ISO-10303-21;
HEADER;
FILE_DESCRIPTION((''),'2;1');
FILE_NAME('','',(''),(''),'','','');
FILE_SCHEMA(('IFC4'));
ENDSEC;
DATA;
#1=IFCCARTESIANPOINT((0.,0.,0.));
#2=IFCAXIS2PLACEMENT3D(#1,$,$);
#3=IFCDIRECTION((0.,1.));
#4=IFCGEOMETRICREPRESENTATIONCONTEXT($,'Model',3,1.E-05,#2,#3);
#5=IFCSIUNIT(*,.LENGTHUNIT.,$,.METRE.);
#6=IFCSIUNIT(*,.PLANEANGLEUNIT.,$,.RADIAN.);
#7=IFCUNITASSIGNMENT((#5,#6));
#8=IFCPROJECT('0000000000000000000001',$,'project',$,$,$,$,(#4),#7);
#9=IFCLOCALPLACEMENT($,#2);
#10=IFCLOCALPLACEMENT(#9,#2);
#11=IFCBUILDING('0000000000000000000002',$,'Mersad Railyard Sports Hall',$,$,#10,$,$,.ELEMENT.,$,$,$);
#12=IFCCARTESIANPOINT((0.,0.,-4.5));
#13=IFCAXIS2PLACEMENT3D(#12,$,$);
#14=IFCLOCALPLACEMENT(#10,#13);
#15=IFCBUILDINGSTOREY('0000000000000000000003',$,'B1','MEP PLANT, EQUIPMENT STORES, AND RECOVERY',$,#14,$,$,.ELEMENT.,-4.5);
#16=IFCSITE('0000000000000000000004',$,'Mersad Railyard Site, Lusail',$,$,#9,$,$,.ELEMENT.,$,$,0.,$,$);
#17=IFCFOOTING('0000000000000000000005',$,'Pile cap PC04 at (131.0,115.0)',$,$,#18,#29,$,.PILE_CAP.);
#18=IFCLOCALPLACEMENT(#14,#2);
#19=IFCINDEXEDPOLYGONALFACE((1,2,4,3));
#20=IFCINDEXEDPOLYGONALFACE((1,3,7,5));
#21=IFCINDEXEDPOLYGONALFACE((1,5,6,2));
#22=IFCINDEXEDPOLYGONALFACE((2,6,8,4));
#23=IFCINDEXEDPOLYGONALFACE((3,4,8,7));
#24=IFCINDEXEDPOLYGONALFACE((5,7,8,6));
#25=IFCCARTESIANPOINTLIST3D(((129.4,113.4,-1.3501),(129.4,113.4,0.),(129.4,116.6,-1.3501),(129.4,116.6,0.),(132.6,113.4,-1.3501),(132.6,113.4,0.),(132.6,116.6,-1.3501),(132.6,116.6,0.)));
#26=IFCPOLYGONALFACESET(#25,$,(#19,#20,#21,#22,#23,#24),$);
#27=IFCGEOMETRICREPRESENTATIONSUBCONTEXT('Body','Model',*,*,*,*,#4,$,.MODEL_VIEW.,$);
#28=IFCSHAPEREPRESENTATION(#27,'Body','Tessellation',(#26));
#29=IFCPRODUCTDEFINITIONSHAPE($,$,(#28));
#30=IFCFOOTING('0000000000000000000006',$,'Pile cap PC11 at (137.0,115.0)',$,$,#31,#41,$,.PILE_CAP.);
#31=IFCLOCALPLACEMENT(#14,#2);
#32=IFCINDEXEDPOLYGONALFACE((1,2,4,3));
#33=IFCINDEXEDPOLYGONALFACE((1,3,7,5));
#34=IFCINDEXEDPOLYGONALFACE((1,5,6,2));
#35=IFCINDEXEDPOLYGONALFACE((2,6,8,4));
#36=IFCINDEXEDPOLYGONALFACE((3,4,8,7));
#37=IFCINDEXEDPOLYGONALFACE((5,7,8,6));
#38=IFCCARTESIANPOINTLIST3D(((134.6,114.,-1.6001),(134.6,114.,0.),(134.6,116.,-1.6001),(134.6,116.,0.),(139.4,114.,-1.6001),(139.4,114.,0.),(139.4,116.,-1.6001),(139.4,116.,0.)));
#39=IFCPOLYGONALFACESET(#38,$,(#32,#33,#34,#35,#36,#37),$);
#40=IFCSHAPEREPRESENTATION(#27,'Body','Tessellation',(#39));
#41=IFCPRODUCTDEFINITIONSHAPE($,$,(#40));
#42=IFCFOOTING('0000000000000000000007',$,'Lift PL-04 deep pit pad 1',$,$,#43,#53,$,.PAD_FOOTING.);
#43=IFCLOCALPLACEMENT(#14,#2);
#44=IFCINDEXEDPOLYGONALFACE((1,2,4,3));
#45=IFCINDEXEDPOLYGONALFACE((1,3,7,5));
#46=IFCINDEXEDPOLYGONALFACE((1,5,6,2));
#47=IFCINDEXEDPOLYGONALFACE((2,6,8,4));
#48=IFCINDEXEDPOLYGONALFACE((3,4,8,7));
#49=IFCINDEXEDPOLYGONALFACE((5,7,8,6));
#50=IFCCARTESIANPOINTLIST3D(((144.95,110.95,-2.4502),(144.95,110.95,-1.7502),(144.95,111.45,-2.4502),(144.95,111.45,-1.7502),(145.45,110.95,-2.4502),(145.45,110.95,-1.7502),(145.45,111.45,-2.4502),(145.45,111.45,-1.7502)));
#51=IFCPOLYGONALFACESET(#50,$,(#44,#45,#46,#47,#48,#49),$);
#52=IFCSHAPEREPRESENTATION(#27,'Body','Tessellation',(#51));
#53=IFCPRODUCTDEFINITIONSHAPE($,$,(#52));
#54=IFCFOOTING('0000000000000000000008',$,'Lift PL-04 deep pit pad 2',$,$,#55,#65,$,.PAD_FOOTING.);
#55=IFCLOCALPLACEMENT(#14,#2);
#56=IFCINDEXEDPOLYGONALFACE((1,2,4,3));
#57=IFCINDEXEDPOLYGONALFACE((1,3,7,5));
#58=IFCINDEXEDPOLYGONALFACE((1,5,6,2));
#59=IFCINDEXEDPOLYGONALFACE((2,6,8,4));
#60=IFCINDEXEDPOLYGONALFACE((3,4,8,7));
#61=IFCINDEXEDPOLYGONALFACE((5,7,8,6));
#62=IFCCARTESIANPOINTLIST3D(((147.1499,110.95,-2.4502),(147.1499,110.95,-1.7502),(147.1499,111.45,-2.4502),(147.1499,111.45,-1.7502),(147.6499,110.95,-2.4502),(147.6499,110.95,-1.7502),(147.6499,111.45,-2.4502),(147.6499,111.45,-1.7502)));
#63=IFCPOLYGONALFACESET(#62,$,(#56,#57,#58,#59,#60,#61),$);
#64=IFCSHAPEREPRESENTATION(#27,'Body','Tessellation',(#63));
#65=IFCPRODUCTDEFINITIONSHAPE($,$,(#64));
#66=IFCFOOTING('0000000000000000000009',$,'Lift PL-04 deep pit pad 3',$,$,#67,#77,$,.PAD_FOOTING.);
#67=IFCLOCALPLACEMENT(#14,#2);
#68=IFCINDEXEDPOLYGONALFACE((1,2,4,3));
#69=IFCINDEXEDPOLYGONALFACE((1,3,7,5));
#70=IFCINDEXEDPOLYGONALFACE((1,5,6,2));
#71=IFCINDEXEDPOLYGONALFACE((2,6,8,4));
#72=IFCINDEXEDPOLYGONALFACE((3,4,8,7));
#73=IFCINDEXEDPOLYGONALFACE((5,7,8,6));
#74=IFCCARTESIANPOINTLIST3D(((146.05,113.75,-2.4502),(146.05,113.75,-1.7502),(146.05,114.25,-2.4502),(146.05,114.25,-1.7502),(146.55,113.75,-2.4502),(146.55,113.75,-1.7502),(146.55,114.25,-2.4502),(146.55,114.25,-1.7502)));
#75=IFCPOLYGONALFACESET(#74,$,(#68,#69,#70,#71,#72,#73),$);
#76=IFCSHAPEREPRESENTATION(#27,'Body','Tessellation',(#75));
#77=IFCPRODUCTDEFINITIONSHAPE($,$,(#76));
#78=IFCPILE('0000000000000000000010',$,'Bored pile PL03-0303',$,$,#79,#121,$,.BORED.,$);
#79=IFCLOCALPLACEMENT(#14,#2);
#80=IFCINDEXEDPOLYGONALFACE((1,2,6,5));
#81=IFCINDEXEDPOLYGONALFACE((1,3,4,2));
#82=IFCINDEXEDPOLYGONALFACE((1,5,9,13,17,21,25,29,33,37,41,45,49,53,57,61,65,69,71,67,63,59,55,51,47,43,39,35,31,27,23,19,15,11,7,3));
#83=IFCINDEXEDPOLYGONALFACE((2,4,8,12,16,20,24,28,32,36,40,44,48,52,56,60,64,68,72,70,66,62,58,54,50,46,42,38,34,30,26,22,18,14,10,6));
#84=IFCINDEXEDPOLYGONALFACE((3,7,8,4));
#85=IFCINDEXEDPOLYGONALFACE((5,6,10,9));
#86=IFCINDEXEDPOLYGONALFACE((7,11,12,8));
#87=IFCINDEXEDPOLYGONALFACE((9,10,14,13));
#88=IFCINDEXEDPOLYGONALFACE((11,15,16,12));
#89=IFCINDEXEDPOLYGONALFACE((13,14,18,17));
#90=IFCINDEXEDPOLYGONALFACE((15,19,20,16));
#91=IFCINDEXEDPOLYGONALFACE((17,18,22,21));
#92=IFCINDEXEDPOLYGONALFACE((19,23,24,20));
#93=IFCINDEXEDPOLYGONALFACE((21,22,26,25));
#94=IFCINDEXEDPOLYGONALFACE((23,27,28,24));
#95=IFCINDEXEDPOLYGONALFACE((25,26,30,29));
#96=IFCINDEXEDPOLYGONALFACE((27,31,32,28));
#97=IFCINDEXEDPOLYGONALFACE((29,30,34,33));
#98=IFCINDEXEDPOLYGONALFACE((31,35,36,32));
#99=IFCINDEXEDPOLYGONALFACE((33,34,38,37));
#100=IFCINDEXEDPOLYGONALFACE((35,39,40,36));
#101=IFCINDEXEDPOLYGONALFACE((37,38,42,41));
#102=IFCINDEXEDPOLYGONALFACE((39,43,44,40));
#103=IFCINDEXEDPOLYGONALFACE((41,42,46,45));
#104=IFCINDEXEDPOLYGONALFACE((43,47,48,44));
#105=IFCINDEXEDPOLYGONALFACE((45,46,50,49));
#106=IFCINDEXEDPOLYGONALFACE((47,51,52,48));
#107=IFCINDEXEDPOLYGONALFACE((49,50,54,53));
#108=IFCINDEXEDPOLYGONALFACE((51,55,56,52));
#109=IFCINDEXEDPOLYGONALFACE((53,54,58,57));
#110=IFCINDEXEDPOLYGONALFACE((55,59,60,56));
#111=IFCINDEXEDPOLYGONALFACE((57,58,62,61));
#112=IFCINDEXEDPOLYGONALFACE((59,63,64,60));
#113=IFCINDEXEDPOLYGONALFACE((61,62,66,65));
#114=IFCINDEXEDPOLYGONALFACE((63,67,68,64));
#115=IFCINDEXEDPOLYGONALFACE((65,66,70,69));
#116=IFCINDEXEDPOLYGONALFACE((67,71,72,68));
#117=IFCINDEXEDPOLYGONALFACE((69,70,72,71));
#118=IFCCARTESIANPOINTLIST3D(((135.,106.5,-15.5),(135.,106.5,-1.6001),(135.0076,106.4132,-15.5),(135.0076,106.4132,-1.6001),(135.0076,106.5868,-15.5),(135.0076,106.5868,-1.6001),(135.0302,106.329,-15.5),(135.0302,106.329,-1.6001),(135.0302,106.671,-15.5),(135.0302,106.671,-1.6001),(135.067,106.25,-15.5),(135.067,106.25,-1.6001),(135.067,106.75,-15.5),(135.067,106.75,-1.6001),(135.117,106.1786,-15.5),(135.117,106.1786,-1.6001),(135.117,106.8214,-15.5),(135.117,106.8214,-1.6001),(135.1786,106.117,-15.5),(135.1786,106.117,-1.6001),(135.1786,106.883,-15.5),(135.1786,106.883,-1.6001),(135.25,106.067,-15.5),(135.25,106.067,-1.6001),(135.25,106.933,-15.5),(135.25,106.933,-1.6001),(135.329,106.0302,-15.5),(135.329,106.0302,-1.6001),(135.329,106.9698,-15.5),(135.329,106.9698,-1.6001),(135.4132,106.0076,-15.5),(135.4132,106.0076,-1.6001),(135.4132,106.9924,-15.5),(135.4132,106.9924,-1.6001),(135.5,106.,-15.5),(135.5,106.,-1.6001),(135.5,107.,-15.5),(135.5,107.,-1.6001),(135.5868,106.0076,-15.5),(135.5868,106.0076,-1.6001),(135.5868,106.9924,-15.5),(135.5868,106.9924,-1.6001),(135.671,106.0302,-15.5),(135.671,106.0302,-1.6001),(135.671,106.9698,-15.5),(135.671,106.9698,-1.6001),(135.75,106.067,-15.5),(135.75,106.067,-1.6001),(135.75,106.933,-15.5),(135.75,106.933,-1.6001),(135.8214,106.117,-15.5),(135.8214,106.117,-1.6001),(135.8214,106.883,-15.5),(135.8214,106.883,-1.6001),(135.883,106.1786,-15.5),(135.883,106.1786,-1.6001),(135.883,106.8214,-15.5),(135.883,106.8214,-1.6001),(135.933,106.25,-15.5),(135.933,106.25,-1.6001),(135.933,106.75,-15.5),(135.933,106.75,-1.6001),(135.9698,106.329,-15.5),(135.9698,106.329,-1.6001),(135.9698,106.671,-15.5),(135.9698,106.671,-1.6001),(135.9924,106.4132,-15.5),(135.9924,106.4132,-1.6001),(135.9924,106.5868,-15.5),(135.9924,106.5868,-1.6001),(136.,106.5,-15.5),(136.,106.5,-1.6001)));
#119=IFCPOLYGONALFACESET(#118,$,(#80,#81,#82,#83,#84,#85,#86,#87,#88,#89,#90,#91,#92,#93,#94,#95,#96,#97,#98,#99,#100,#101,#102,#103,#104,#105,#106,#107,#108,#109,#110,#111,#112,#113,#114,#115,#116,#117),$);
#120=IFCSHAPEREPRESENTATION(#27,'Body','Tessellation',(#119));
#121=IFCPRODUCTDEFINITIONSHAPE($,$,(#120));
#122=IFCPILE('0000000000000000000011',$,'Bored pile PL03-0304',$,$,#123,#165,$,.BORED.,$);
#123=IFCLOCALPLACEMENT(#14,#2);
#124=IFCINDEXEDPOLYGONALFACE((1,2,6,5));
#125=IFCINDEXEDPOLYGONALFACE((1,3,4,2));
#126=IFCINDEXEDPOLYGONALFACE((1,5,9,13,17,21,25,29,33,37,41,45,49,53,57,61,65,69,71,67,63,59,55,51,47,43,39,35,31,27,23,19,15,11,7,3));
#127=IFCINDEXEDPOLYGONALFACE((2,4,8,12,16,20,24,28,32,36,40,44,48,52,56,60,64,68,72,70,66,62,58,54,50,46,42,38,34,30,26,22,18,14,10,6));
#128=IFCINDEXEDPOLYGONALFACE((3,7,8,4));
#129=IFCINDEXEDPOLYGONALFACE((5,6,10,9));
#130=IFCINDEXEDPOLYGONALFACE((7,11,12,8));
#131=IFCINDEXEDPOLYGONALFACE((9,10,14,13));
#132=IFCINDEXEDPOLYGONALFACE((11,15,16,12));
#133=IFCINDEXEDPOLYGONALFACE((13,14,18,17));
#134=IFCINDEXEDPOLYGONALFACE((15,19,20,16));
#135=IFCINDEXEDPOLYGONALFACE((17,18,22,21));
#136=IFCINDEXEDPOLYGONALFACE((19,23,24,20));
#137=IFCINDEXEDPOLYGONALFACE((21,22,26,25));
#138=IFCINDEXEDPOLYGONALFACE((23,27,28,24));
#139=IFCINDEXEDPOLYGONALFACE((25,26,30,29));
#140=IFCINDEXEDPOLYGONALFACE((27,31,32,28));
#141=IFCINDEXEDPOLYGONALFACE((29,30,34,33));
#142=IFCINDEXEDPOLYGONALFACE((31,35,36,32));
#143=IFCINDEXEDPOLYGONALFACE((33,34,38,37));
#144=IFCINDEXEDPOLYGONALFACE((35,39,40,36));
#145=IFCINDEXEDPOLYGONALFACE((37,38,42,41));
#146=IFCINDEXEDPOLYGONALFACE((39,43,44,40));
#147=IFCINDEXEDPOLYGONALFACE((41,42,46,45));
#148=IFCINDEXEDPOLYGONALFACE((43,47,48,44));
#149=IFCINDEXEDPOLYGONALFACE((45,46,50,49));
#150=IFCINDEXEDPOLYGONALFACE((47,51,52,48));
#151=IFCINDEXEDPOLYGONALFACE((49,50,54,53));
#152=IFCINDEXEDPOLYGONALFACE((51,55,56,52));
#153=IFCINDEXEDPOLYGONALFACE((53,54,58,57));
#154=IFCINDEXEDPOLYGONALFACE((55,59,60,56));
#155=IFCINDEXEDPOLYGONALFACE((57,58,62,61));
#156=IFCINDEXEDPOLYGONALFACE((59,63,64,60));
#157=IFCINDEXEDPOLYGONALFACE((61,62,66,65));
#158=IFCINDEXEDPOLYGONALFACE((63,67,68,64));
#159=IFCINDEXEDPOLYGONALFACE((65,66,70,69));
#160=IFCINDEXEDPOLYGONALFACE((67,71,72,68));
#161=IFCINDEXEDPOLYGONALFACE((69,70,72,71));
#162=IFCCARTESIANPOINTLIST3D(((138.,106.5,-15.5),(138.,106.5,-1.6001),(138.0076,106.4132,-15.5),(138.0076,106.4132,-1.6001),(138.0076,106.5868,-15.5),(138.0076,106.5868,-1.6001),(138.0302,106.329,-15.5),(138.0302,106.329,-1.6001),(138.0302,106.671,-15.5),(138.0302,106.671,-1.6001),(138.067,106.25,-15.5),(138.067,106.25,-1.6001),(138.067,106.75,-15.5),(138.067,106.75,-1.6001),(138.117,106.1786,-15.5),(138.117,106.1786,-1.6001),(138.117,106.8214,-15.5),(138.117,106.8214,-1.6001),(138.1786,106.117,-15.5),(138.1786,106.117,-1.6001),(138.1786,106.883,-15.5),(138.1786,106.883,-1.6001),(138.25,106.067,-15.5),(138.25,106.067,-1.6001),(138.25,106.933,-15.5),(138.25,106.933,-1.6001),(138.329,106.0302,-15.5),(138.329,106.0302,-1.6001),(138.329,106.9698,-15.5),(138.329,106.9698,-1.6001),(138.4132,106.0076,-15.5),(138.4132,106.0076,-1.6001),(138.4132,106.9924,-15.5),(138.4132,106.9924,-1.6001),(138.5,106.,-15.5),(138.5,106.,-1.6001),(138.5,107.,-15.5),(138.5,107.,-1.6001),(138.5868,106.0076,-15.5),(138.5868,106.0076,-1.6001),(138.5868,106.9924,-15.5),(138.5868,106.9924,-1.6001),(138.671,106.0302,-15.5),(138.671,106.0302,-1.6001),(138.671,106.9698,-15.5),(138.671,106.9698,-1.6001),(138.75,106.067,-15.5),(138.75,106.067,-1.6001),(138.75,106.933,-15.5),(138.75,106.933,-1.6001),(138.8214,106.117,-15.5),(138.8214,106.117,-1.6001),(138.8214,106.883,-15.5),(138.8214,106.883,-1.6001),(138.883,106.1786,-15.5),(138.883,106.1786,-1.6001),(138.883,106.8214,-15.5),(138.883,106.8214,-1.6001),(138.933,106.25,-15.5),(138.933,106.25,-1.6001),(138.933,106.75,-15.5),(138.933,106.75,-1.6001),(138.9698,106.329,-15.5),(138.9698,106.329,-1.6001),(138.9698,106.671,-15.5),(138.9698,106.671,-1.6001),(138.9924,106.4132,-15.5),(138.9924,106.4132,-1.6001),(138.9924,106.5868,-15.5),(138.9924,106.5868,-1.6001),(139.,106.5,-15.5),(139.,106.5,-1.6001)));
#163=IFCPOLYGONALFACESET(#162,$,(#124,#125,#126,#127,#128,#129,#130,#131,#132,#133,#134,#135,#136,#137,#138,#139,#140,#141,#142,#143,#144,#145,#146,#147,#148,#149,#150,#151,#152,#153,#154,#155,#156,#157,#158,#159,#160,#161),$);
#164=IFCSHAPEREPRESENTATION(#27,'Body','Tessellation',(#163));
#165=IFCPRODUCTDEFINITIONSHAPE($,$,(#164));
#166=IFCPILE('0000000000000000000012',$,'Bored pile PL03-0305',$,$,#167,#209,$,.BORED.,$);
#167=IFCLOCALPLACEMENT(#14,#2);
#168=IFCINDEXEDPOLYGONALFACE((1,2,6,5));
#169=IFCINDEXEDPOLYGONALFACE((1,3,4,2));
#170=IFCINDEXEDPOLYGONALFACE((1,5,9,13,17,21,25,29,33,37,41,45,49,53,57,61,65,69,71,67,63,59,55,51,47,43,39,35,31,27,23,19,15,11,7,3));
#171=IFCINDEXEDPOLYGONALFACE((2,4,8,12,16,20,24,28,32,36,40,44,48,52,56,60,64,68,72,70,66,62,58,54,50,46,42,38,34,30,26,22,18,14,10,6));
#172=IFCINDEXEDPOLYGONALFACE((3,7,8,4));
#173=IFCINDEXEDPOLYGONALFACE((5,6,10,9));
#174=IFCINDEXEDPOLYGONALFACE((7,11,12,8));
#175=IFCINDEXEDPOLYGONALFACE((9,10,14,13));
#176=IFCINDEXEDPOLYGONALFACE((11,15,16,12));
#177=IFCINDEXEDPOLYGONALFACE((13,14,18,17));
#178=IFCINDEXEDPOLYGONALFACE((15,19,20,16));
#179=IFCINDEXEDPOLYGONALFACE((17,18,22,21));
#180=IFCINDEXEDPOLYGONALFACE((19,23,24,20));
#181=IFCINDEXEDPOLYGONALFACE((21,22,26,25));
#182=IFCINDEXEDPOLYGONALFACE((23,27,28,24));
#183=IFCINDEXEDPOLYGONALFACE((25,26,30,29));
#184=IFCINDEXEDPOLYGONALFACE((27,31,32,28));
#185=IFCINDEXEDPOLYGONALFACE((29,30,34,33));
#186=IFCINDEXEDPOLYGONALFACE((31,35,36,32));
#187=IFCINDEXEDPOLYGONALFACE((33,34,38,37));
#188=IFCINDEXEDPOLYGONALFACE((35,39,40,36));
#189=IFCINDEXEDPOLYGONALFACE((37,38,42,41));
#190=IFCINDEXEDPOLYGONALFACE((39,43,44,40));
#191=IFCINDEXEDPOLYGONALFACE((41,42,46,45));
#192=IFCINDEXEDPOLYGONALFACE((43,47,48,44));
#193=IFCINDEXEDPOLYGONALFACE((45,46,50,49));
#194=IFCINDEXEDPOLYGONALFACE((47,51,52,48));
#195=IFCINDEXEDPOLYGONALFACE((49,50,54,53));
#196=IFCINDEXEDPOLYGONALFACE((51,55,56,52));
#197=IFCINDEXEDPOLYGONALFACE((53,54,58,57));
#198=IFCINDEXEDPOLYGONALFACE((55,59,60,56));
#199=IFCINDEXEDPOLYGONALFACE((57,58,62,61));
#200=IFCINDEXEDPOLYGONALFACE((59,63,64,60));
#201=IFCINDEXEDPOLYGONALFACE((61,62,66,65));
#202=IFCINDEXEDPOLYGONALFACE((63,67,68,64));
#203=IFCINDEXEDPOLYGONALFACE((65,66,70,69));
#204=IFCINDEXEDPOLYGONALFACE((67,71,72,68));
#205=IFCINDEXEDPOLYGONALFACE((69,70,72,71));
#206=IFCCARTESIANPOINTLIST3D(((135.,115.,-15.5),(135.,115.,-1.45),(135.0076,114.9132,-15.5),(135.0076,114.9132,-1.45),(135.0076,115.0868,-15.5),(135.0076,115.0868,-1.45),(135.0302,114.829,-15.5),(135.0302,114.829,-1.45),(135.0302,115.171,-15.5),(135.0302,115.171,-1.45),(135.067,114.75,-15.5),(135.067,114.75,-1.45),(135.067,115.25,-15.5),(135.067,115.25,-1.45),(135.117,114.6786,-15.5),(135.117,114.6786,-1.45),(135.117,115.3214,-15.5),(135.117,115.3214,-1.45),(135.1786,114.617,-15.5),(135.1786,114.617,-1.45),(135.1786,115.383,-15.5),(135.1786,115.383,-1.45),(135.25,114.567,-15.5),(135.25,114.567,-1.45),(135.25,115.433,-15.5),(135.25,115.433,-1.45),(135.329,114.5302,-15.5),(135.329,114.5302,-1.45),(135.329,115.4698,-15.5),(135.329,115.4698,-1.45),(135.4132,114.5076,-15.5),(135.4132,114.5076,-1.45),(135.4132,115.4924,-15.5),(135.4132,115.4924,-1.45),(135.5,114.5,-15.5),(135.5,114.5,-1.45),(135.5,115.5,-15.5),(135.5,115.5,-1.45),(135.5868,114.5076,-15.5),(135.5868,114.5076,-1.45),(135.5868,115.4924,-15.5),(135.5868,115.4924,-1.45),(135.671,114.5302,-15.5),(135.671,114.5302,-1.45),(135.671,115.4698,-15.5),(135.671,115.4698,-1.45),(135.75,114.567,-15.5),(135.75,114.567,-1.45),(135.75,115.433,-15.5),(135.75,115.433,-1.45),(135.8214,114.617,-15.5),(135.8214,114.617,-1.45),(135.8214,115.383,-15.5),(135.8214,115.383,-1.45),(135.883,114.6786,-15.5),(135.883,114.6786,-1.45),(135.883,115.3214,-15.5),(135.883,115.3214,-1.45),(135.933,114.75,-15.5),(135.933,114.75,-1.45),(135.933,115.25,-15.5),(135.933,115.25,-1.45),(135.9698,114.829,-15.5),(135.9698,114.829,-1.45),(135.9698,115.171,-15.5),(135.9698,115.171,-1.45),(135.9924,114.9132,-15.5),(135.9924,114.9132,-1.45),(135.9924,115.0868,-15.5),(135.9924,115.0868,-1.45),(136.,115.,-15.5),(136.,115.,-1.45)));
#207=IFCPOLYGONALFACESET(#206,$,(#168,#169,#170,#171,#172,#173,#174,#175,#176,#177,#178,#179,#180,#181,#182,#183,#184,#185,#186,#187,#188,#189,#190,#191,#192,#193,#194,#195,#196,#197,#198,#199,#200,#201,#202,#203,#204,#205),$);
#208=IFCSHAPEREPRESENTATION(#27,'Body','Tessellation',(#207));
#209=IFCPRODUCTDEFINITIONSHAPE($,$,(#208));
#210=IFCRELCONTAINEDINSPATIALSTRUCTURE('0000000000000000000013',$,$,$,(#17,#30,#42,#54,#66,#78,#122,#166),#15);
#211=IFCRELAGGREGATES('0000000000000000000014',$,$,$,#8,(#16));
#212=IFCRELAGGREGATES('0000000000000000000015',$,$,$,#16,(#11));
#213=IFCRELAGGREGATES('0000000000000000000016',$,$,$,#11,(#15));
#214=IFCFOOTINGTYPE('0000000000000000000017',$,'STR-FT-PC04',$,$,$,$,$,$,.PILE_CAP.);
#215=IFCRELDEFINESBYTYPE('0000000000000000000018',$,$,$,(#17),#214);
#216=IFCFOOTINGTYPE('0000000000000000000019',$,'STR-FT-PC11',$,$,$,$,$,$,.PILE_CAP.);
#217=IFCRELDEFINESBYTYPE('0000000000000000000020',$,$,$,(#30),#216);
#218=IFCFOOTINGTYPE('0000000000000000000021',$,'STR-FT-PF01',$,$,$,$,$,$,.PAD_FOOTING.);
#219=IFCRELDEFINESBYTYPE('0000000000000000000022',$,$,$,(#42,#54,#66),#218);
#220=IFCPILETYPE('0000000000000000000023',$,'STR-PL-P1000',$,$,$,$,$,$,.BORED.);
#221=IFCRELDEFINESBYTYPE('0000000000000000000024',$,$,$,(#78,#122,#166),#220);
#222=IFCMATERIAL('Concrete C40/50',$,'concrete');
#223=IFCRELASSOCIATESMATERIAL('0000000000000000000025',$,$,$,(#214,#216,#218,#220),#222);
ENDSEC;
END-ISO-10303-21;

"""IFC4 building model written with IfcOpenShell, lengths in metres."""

from ifc_helpers import new_model, si_unit, direction, frame, origin, origin_2d, place, context, subcontext, project, spatial, rectangle, circle, extrude, material, material_profile, profile_set, type_object, element, save


model = new_model("IFC4")

# Units and contexts
model_context = context("Model", 3, precision=1e-05, world=origin(), true_north=direction((0.0, 1.0)))
body_context = subcontext(model_context, "Body", "Model", "MODEL_VIEW")
ifc_project = project(units=[si_unit("LENGTHUNIT", "METRE"), si_unit("PLANEANGLEUNIT", "RADIAN")], contexts=[model_context])

# Site, building, storey
site_placement = place(None, origin())
site = spatial("IfcSite", under=ifc_project, at=site_placement, Name="Mersad Railyard Site, Lusail", CompositionType="ELEMENT", RefElevation=0.0)
building_placement = place(site_placement, origin())
building = spatial("IfcBuilding", under=site, at=building_placement, Name="Mersad Railyard Sports Hall", CompositionType="ELEMENT")
storey_placement = place(building_placement, frame((0.0, 0.0, -4.5)))
storey = spatial("IfcBuildingStorey", under=building, at=storey_placement, Name="B1", Description="MEP PLANT, EQUIPMENT STORES, AND RECOVERY", CompositionType="ELEMENT", Elevation=-4.5)

# Footings
ifc_material_1 = material(Name="Concrete C40/50", Category="concrete")
footing_type_1 = type_object("IfcFootingType", Name="STR-FT-PC04", PredefinedType="PILE_CAP", material=ifc_material_1)
footing_1_placement = place(storey_placement, frame((131.0, 115.0, -1.3501), z_axis=(0.0, 0.0, 1.0), x_axis=(1.0, 0.0, 0.0)))
element("IfcFooting", 1, at=footing_1_placement, inside=storey, type_object=footing_type_1, Name="Pile cap PC04 at (131.0,115.0)", PredefinedType="PILE_CAP", context=body_context, shape_type="SweptSolid", body=[
    extrude(rectangle(XDim=3.2, YDim=3.2, at=origin_2d()), origin(), (0.0, 0.0, 1.0), 1.3501),
])
footing_type_2 = type_object("IfcFootingType", Name="STR-FT-PC11", PredefinedType="PILE_CAP", material=ifc_material_1)
footing_2_placement = place(storey_placement, frame((137.0, 115.0, -1.6001), z_axis=(0.0, 0.0, 1.0), x_axis=(1.0, 0.0, 0.0)))
element("IfcFooting", 2, at=footing_2_placement, inside=storey, type_object=footing_type_2, Name="Pile cap PC11 at (137.0,115.0)", PredefinedType="PILE_CAP", context=body_context, shape_type="SweptSolid", body=[
    extrude(rectangle(XDim=4.8, YDim=2.0, at=origin_2d()), origin(), (0.0, 0.0, 1.0), 1.6001),
])
footing_type_3 = type_object("IfcFootingType", Name="STR-FT-PF01", PredefinedType="PAD_FOOTING", material=ifc_material_1)
for number, where, z_axis, x_axis, name in (
    (3, (145.2, 111.2, -2.4502), (0.0, 0.0, 1.0), (1.0, 0.0, 0.0), "Lift PL-04 deep pit pad 1"),
    (4, (147.3999, 111.2, -2.4502), (0.0, 0.0, 1.0), (1.0, 0.0, 0.0), "Lift PL-04 deep pit pad 2"),
    (5, (146.3, 114.0, -2.4502), (0.0, 0.0, 1.0), (1.0, 0.0, 0.0), "Lift PL-04 deep pit pad 3"),
):
    element("IfcFooting", number, at=place(storey_placement, frame(where, z_axis=z_axis, x_axis=x_axis)), inside=storey, type_object=footing_type_3, Name=name, PredefinedType="PAD_FOOTING", context=body_context, shape_type="SweptSolid", body=[
        extrude(rectangle(XDim=0.5, YDim=0.5, at=origin_2d()), origin(), (0.0, 0.0, 1.0), 0.7),
    ])

# Piles
ifc_material_profile_1 = material_profile(ifc_material_1, circle(Radius=0.5, at=origin_2d()), Name="BORED PILE D1000")
ifc_profile_set_1 = profile_set([ifc_material_profile_1], Name="Concrete C40/50")
pile_type_1 = type_object("IfcPileType", Name="STR-PL-P1000", PredefinedType="BORED", material=ifc_profile_set_1)
for number, where, z_axis, x_axis, name in (
    (6, (135.5, 106.5, -1.6001), (0.0, 0.0, -1.0), (1.0, 0.0, 0.0), "Bored pile PL03-0303"),
    (7, (138.5, 106.5, -1.6001), (0.0, 0.0, -1.0), (1.0, 0.0, 0.0), "Bored pile PL03-0304"),
):
    element("IfcPile", number, at=place(storey_placement, frame(where, z_axis=z_axis, x_axis=x_axis)), inside=storey, type_object=pile_type_1, Name=name, PredefinedType="BORED", context=body_context, shape_type="SweptSolid", body=[
        extrude(circle(Radius=0.5, at=origin_2d()), origin(), (0.0, 0.0, 1.0), 13.8999),
    ])
for number, where, z_axis, x_axis, name in (
    (8, (135.5, 115.0, -1.45), (0.0, 0.0, -1.0), (1.0, 0.0, 0.0), "Bored pile PL03-0305"),
):
    element("IfcPile", number, at=place(storey_placement, frame(where, z_axis=z_axis, x_axis=x_axis)), inside=storey, type_object=pile_type_1, Name=name, PredefinedType="BORED", context=body_context, shape_type="SweptSolid", body=[
        extrude(circle(Radius=0.5, at=origin_2d()), origin(), (0.0, 0.0, 1.0), 14.05),
    ])

save(model, "model.ifc")
